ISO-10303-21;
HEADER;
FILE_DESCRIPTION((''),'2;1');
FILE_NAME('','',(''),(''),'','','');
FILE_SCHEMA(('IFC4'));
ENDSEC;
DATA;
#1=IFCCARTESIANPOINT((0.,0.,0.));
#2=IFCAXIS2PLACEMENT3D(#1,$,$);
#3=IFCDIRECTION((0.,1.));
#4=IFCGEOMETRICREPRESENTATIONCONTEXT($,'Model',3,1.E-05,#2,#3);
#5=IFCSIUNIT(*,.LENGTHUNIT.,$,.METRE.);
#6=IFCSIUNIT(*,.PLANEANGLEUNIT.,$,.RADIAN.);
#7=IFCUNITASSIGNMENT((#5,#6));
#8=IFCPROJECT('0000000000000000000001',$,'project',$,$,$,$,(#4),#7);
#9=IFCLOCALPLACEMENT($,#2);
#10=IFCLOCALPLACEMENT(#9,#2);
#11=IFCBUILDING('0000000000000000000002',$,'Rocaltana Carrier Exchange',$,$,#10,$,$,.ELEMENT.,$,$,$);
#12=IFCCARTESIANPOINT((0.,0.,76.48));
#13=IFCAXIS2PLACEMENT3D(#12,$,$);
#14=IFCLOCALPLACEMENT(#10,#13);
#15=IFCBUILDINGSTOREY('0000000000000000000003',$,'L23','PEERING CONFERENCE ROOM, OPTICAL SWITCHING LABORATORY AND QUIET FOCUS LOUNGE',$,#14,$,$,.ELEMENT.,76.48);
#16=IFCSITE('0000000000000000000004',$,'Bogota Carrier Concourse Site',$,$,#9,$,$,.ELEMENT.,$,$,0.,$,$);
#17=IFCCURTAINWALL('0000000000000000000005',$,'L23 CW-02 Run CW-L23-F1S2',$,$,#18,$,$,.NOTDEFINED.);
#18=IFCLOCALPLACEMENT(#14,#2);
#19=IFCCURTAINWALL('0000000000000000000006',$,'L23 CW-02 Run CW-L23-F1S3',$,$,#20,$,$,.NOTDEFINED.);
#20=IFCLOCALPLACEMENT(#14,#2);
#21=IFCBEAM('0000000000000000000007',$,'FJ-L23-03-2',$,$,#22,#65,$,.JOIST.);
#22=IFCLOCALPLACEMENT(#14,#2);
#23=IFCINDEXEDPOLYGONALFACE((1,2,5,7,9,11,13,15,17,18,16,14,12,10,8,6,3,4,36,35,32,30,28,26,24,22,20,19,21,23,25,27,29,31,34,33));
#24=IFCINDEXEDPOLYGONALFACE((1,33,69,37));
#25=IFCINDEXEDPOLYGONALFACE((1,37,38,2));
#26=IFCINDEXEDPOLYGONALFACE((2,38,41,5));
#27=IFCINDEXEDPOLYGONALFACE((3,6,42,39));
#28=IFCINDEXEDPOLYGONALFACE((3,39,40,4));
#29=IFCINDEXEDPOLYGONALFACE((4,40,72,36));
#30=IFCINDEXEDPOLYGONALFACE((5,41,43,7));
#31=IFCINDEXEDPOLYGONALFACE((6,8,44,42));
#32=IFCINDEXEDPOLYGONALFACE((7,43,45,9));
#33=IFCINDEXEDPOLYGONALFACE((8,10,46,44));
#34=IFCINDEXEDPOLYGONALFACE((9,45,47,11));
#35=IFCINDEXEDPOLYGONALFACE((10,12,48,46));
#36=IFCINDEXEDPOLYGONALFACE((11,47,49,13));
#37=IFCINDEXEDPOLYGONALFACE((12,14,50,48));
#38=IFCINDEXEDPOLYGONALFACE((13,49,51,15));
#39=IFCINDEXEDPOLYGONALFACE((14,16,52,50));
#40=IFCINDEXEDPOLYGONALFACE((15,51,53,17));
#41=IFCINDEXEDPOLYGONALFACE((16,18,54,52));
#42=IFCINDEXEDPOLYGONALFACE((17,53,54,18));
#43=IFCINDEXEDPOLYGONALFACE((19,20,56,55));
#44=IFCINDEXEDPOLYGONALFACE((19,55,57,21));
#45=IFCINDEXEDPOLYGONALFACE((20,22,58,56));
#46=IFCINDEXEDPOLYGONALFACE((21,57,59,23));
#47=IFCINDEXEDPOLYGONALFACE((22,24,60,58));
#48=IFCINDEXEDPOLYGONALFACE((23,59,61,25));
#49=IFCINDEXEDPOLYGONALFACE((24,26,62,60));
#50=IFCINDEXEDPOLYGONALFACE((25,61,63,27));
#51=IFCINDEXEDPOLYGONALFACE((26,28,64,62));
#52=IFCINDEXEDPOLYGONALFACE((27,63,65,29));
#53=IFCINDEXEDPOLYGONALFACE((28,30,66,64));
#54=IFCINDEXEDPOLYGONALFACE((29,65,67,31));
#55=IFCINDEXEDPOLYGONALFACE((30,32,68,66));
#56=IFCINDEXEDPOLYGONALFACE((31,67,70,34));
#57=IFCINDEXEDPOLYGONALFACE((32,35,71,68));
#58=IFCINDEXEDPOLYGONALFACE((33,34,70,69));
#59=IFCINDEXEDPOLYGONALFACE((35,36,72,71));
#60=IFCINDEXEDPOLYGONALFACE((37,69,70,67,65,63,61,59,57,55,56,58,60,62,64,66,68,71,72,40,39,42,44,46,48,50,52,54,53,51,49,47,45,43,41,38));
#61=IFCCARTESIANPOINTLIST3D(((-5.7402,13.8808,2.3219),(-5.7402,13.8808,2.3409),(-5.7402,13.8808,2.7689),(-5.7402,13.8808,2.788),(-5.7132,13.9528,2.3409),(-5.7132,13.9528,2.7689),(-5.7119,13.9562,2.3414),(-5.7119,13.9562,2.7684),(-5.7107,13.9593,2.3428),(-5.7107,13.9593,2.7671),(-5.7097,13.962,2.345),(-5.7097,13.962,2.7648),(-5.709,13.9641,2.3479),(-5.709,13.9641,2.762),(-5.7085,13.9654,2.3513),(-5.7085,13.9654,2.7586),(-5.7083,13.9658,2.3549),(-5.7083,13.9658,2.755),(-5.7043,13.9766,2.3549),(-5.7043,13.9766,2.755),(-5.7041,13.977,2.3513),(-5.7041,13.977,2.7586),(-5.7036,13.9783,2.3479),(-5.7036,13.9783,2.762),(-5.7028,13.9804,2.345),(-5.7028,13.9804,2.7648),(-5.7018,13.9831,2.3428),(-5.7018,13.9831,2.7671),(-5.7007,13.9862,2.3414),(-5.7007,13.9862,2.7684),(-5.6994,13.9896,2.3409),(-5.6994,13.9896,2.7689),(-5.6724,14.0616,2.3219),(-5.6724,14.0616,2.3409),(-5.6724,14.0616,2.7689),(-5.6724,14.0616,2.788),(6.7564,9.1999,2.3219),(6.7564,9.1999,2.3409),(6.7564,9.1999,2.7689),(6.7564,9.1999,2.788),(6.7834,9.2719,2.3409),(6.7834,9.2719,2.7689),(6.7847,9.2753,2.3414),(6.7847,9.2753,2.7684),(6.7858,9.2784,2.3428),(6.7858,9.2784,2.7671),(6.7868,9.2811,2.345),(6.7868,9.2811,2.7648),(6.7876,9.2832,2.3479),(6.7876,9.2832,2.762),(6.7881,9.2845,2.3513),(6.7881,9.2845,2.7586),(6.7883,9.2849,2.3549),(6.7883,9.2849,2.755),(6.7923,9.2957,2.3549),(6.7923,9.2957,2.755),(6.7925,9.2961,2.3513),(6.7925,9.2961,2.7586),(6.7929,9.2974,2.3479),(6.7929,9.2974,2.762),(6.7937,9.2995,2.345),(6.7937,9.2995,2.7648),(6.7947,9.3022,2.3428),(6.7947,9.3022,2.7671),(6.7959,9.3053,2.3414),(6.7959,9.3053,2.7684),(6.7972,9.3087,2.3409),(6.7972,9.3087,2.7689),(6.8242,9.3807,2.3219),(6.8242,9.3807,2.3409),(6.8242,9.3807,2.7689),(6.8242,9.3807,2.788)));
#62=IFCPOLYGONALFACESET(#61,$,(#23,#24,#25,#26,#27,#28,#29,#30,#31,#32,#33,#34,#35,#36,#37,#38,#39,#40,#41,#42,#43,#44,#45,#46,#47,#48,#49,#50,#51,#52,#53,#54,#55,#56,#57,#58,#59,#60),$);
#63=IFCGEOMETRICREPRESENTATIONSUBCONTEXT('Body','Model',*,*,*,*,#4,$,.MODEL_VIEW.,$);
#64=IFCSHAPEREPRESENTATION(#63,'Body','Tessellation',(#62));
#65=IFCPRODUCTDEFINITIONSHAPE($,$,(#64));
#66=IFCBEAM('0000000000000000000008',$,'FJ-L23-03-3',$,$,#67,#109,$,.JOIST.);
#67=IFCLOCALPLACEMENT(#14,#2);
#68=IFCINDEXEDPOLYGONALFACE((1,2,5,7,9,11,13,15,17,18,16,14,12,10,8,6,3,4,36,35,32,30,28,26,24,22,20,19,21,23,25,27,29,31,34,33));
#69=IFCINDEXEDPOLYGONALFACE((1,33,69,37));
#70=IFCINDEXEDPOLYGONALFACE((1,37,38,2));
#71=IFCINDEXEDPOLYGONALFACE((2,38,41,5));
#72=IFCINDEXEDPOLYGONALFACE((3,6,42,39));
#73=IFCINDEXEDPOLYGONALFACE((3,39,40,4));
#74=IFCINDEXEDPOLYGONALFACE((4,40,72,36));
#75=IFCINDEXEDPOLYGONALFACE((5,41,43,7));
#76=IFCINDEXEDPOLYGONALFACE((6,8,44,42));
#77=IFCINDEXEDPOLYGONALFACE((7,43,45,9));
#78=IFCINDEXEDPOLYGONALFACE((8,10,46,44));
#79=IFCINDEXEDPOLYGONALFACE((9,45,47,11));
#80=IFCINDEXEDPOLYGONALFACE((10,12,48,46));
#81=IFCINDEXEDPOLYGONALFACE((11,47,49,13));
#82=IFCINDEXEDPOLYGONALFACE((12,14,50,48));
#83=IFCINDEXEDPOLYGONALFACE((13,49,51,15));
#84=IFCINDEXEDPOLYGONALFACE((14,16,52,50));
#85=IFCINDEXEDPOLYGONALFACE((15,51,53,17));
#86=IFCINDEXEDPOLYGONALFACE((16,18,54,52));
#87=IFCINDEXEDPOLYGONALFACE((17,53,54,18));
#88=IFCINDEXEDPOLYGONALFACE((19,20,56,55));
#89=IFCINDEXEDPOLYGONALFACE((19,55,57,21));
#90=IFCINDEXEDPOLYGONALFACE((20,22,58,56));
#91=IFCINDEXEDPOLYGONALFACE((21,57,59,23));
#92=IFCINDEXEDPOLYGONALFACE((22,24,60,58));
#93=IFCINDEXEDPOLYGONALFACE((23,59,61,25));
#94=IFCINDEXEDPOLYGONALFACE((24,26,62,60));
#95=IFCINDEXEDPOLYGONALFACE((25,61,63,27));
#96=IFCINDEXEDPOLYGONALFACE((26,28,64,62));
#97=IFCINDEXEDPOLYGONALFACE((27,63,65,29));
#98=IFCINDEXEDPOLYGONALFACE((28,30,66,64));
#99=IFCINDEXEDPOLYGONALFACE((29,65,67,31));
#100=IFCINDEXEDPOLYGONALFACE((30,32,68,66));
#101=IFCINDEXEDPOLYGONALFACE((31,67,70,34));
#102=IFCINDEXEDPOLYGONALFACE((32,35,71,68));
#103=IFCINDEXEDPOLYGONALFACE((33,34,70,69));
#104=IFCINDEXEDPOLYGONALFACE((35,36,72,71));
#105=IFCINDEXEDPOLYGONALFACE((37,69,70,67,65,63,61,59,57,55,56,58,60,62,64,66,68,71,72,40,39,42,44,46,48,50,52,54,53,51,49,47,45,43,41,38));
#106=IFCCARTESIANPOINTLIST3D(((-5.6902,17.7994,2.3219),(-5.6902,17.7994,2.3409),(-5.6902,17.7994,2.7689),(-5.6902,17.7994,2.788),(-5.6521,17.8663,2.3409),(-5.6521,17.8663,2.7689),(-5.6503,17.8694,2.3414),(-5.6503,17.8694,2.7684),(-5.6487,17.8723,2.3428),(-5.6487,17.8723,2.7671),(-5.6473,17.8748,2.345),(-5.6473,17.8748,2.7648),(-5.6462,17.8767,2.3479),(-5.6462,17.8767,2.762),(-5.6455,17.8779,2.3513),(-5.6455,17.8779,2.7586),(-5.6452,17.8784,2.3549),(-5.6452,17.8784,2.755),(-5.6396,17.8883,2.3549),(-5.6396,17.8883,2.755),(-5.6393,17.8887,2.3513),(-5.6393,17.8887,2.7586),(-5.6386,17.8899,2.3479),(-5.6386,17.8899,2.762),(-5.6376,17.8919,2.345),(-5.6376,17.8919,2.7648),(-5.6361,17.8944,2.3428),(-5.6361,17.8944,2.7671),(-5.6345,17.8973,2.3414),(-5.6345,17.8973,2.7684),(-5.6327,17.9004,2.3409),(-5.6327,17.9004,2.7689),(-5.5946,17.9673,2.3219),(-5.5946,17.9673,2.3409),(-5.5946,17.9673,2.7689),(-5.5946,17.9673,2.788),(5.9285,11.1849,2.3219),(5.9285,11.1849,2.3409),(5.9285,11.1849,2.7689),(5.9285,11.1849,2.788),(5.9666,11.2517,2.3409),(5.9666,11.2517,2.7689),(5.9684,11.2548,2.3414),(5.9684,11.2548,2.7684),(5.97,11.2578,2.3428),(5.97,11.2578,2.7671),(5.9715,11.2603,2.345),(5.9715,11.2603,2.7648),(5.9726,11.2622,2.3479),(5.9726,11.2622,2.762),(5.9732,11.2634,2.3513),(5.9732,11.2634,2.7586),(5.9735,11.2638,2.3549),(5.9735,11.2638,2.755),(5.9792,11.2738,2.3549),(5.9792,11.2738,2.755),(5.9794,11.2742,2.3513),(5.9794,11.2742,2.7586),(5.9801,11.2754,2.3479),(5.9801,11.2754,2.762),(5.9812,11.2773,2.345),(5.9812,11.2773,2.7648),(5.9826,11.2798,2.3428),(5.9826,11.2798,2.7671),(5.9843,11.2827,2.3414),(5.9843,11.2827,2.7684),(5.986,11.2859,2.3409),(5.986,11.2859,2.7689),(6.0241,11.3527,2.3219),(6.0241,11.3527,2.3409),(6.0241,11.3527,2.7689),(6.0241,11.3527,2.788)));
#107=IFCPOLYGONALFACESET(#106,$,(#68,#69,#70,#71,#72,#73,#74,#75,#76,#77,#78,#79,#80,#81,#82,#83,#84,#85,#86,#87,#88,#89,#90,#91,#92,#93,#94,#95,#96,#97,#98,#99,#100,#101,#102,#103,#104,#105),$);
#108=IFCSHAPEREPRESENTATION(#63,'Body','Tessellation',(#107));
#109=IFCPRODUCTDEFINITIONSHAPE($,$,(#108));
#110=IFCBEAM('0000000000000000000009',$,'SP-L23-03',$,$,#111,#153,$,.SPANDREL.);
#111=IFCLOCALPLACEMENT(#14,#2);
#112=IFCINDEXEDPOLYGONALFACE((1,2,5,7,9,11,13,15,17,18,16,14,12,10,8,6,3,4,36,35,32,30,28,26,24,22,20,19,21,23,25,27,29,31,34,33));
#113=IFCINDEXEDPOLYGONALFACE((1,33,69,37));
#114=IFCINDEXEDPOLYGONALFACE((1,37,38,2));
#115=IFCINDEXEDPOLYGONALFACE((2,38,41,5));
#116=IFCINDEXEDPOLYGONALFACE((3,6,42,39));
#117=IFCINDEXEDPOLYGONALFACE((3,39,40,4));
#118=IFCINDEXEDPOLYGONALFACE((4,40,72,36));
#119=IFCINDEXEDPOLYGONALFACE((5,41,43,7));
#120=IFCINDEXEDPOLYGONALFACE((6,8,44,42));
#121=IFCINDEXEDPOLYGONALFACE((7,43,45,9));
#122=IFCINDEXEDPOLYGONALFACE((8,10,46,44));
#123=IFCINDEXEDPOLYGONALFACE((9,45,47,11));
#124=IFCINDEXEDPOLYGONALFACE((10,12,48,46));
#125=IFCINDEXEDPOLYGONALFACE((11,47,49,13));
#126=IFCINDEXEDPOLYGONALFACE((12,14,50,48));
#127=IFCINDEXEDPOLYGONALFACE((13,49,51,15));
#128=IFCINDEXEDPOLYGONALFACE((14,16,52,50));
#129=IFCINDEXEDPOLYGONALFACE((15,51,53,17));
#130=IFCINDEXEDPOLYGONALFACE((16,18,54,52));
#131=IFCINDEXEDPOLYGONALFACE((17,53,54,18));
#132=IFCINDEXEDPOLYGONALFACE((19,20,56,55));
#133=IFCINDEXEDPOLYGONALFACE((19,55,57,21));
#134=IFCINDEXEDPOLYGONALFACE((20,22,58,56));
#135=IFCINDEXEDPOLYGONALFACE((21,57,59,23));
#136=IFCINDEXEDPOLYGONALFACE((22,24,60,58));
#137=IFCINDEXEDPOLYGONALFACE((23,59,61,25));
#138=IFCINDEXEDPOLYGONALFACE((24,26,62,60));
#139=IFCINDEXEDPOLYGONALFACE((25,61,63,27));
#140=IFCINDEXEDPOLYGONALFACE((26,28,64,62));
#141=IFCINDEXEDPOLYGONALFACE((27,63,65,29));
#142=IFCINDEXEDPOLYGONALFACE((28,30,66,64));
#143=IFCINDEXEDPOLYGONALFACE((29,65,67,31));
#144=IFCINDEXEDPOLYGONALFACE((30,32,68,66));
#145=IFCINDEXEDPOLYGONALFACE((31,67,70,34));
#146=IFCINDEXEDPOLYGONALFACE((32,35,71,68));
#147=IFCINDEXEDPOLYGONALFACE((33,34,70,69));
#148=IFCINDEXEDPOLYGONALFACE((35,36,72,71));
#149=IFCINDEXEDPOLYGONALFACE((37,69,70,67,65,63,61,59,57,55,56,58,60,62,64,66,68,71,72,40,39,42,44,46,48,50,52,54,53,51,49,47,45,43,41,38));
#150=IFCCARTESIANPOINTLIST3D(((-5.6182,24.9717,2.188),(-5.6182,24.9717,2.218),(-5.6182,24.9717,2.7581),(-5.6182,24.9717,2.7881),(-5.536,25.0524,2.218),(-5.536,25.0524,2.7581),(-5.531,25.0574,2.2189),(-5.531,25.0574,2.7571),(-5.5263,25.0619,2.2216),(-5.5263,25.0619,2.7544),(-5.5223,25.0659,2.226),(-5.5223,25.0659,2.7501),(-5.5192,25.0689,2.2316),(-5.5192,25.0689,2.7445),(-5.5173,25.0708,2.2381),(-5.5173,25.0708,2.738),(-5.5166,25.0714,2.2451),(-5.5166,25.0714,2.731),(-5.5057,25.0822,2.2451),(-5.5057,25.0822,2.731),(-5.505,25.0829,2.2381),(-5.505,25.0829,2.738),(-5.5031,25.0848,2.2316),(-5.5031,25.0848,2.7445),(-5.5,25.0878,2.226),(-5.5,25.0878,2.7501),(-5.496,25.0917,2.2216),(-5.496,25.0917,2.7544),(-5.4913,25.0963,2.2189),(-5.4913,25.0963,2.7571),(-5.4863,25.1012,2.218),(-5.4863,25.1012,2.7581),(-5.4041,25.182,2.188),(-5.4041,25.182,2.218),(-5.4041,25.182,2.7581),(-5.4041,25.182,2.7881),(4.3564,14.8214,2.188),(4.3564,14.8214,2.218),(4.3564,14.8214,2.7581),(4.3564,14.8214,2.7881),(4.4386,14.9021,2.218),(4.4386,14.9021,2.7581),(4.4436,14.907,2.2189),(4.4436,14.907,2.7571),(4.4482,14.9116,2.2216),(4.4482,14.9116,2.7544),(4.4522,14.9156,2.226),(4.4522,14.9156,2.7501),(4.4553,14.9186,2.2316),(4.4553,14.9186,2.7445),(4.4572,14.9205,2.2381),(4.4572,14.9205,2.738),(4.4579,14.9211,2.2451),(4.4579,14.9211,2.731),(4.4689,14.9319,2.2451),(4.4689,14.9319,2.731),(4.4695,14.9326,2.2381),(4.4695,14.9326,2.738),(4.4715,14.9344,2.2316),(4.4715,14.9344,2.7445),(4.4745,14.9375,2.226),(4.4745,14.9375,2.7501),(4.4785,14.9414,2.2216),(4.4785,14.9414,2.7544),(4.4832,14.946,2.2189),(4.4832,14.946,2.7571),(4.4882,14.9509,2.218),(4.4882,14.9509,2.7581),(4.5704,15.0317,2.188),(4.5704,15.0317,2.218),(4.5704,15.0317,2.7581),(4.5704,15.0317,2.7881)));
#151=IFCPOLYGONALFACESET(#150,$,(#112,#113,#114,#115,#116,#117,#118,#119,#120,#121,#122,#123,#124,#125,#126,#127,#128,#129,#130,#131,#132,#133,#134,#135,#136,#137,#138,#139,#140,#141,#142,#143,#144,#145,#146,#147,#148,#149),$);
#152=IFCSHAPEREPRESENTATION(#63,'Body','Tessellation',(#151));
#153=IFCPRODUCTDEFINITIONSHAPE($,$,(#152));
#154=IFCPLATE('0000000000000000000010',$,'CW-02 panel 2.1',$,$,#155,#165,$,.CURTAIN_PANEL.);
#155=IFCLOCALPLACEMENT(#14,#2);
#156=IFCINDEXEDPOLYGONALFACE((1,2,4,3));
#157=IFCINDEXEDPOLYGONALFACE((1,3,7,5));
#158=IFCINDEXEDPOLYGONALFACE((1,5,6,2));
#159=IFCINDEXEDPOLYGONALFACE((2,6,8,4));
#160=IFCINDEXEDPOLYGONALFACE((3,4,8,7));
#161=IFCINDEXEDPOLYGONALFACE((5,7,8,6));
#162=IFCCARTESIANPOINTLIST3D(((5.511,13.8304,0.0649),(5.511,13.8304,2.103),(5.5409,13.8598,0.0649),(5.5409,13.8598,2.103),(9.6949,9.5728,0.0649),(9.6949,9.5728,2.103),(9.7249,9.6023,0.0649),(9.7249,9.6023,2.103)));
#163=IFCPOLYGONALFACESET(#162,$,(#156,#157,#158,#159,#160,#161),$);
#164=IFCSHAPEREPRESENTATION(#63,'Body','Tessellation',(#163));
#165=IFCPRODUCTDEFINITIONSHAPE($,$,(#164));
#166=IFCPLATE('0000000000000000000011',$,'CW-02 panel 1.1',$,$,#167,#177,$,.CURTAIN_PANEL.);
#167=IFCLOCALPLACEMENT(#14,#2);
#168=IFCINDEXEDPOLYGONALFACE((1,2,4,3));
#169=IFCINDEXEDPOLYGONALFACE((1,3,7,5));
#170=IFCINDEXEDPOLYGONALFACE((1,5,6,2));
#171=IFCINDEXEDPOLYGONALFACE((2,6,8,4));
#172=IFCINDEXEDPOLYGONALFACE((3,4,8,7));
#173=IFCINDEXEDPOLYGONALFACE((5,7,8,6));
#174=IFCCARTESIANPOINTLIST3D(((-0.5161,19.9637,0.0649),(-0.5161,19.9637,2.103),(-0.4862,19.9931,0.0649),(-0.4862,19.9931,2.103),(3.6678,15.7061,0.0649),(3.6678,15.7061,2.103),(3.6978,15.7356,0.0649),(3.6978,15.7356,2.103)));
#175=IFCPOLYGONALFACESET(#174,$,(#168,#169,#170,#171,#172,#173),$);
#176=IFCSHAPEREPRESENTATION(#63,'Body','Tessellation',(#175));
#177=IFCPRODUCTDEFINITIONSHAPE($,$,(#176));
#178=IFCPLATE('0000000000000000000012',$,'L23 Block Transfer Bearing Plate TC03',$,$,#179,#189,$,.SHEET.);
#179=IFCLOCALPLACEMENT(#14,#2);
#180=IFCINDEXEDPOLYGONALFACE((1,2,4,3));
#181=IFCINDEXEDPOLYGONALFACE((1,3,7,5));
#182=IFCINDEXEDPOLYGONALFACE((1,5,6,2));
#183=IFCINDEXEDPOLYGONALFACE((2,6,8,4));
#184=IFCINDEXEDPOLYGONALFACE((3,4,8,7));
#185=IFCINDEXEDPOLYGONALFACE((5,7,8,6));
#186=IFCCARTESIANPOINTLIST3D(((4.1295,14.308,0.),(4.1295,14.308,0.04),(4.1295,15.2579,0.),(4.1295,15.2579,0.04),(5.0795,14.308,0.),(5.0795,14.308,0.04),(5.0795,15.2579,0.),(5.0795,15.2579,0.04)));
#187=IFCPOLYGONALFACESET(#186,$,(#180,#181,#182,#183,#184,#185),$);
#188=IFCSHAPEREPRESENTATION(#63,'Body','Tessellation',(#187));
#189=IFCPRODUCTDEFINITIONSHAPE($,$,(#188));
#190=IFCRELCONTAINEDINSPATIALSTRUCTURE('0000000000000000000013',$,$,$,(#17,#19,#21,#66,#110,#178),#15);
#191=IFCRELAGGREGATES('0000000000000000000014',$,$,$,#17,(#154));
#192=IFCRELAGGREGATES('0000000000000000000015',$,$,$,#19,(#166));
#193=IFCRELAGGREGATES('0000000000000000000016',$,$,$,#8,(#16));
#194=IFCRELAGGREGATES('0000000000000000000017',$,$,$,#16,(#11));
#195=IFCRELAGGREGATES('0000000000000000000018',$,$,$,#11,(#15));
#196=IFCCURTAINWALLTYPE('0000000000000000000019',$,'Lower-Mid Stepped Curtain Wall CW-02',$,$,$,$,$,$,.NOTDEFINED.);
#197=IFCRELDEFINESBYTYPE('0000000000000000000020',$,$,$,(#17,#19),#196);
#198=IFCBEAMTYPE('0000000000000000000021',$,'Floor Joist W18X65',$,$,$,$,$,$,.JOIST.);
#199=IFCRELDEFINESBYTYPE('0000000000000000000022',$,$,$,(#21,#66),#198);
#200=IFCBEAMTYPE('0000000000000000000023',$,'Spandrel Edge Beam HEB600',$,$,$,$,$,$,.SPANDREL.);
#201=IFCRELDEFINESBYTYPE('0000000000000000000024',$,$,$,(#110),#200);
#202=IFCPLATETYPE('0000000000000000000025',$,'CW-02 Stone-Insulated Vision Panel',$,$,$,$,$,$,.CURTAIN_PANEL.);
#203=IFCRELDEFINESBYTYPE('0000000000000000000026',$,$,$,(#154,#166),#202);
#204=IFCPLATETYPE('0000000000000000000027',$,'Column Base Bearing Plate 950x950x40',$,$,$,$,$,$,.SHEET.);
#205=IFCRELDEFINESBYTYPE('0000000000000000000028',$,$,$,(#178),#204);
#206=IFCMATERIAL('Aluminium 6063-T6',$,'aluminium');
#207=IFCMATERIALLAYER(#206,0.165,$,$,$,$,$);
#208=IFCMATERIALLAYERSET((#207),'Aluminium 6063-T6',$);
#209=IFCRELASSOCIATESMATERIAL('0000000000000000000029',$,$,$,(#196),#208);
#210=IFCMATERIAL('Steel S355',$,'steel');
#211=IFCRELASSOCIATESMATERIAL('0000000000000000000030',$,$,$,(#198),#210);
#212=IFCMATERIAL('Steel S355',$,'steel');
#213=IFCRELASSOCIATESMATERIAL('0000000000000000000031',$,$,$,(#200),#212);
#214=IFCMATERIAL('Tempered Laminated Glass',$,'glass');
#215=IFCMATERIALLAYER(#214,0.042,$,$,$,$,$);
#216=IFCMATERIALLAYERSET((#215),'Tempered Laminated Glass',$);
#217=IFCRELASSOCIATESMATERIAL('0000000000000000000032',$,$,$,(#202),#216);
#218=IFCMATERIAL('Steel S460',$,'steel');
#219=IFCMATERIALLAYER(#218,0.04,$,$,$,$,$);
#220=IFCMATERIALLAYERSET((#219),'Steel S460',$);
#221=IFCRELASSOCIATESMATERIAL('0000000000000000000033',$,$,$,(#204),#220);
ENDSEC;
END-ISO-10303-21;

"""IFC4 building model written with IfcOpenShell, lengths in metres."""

from ifc_helpers import new_model, si_unit, direction, frame, origin, origin_2d, place, context, subcontext, project, spatial, rectangle, i_section, extrude, material, layer, layer_set, material_profile, profile_set, type_object, element, aggregate, save


model = new_model("IFC4")

# Units and contexts
model_context = context("Model", 3, precision=1e-05, world=origin(), true_north=direction((0.0, 1.0)))
body_context = subcontext(model_context, "Body", "Model", "MODEL_VIEW")
ifc_project = project(units=[si_unit("LENGTHUNIT", "METRE"), si_unit("PLANEANGLEUNIT", "RADIAN")], contexts=[model_context])

# Site, building, storey
site_placement = place(None, origin())
site = spatial("IfcSite", under=ifc_project, at=site_placement, Name="Bogota Carrier Concourse Site", CompositionType="ELEMENT", RefElevation=0.0)
building_placement = place(site_placement, origin())
building = spatial("IfcBuilding", under=site, at=building_placement, Name="Rocaltana Carrier Exchange", CompositionType="ELEMENT")
storey_placement = place(building_placement, frame((0.0, 0.0, 76.48)))
storey = spatial("IfcBuildingStorey", under=building, at=storey_placement, Name="L23", Description="PEERING CONFERENCE ROOM, OPTICAL SWITCHING LABORATORY AND QUIET FOCUS LOUNGE", CompositionType="ELEMENT", Elevation=76.48)

# Curtain walls
ifc_material_1 = material(Name="Aluminium 6063-T6", Category="aluminium")
ifc_layer_1 = layer(ifc_material_1, 0.165)
ifc_layer_set_1 = layer_set([ifc_layer_1], Name="Aluminium 6063-T6")
curtain_wall_type = type_object("IfcCurtainWallType", Name="Lower-Mid Stepped Curtain Wall CW-02", PredefinedType="NOTDEFINED", material=ifc_layer_set_1)
curtain_wall_1_placement = place(storey_placement, origin())
curtain_wall_1 = element("IfcCurtainWall", 1, at=curtain_wall_1_placement, inside=storey, type_object=curtain_wall_type, Name="L23 CW-02 Run CW-L23-F1S2", PredefinedType="NOTDEFINED")
curtain_wall_2_placement = place(storey_placement, origin())
curtain_wall_2 = element("IfcCurtainWall", 2, at=curtain_wall_2_placement, inside=storey, type_object=curtain_wall_type, Name="L23 CW-02 Run CW-L23-F1S3", PredefinedType="NOTDEFINED")

# Beams
ifc_material_2 = material(Name="Steel S355", Category="steel")
ifc_material_profile_1 = material_profile(ifc_material_2, i_section(OverallWidth=0.1931, OverallDepth=0.4661, WebThickness=0.0115, FlangeThickness=0.019, FilletRadius=0.0139, at=origin_2d()), Name="W18X65")
ifc_profile_set_1 = profile_set([ifc_material_profile_1], Name="Steel S355")
beam_type_1 = type_object("IfcBeamType", Name="Floor Joist W18X65", PredefinedType="JOIST", material=ifc_profile_set_1)
beam_1_placement = place(storey_placement, frame((6.7903, 9.2903, 2.5549), z_axis=(-0.93646, 0.350775, 0.0), x_axis=(-0.350775, -0.93646, 0.0)))
element("IfcBeam", 3, at=beam_1_placement, inside=storey, type_object=beam_type_1, Name="FJ-L23-03-2", PredefinedType="JOIST", context=body_context, shape_type="SweptSolid", body=[
    extrude(i_section(OverallWidth=0.1931, OverallDepth=0.4661, WebThickness=0.0115, FlangeThickness=0.019, FilletRadius=0.0139, at=origin_2d()), origin(), (0.0, 0.0, 1.0), 13.3445),
])
beam_2_placement = place(storey_placement, frame((5.9763, 11.2688, 2.5549), z_axis=(-0.869039, 0.494744, 0.0), x_axis=(-0.494744, -0.869039, 0.0)))
element("IfcBeam", 4, at=beam_2_placement, inside=storey, type_object=beam_type_1, Name="FJ-L23-03-3", PredefinedType="JOIST", context=body_context, shape_type="SweptSolid", body=[
    extrude(i_section(OverallWidth=0.1931, OverallDepth=0.4661, WebThickness=0.0115, FlangeThickness=0.019, FilletRadius=0.0139, at=origin_2d()), origin(), (0.0, 0.0, 1.0), 13.3696),
])
ifc_material_3 = material(Name="Steel S355", Category="steel")
ifc_material_profile_2 = material_profile(ifc_material_3, i_section(OverallWidth=0.3, OverallDepth=0.6001, WebThickness=0.0154, FlangeThickness=0.03, FilletRadius=0.0271, at=origin_2d()), Name="HEB600")
ifc_profile_set_2 = profile_set([ifc_material_profile_2], Name="Steel S355")
beam_type_2 = type_object("IfcBeamType", Name="Spandrel Edge Beam HEB600", PredefinedType="SPANDREL", material=ifc_profile_set_2)
beam_3_placement = place(storey_placement, frame((4.4634, 14.9265, 2.488), z_axis=(-0.700904, 0.713256, 0.0), x_axis=(-0.713256, -0.700904, 0.0)))
element("IfcBeam", 5, at=beam_3_placement, inside=storey, type_object=beam_type_2, Name="SP-L23-03", PredefinedType="SPANDREL", context=body_context, shape_type="SweptSolid", body=[
    extrude(i_section(OverallWidth=0.3, OverallDepth=0.6001, WebThickness=0.0154, FlangeThickness=0.03, FilletRadius=0.0271, at=origin_2d()), origin(), (0.0, 0.0, 1.0), 14.231),
])

# Plates
ifc_material_4 = material(Name="Tempered Laminated Glass", Category="glass")
ifc_layer_2 = layer(ifc_material_4, 0.042)
ifc_layer_set_2 = layer_set([ifc_layer_2], Name="Tempered Laminated Glass")
plate_type_1 = type_object("IfcPlateType", Name="CW-02 Stone-Insulated Vision Panel", PredefinedType="CURTAIN_PANEL", material=ifc_layer_set_2)
plate_1_placement = place(storey_placement, frame((7.6179, 11.7163, 0.0649), z_axis=(0.0, 0.0, 1.0), x_axis=(-0.700915, 0.713245, 0.0)))
plate_1 = element("IfcPlate", 6, at=plate_1_placement, type_object=plate_type_1, Name="CW-02 panel 2.1", PredefinedType="CURTAIN_PANEL", context=body_context, shape_type="SweptSolid", body=[
    extrude(rectangle(XDim=5.9692, YDim=0.042, at=origin_2d()), origin(), (0.0, 0.0, 1.0), 2.0381),
])
aggregate(curtain_wall_1, [plate_1])
plate_2_placement = place(storey_placement, frame((1.5908, 17.8496, 0.0649), z_axis=(0.0, 0.0, 1.0), x_axis=(-0.700915, 0.713245, 0.0)))
plate_2 = element("IfcPlate", 7, at=plate_2_placement, type_object=plate_type_1, Name="CW-02 panel 1.1", PredefinedType="CURTAIN_PANEL", context=body_context, shape_type="SweptSolid", body=[
    extrude(rectangle(XDim=5.9692, YDim=0.042, at=origin_2d()), origin(), (0.0, 0.0, 1.0), 2.0381),
])
aggregate(curtain_wall_2, [plate_2])
ifc_material_5 = material(Name="Steel S460", Category="steel")
ifc_layer_3 = layer(ifc_material_5, 0.04)
ifc_layer_set_3 = layer_set([ifc_layer_3], Name="Steel S460")
plate_type_2 = type_object("IfcPlateType", Name="Column Base Bearing Plate 950x950x40", PredefinedType="SHEET", material=ifc_layer_set_3)
plate_3_placement = place(storey_placement, frame((4.6045, 14.783, 0.0), z_axis=(0.0, 0.0, 1.0), x_axis=(1.0, 0.0, 0.0)))
element("IfcPlate", 8, at=plate_3_placement, inside=storey, type_object=plate_type_2, Name="L23 Block Transfer Bearing Plate TC03", PredefinedType="SHEET", context=body_context, shape_type="SweptSolid", body=[
    extrude(rectangle(XDim=0.95, YDim=0.95, at=origin_2d()), origin(), (0.0, 0.0, 1.0), 0.04),
])

save(model, "model.ifc")
